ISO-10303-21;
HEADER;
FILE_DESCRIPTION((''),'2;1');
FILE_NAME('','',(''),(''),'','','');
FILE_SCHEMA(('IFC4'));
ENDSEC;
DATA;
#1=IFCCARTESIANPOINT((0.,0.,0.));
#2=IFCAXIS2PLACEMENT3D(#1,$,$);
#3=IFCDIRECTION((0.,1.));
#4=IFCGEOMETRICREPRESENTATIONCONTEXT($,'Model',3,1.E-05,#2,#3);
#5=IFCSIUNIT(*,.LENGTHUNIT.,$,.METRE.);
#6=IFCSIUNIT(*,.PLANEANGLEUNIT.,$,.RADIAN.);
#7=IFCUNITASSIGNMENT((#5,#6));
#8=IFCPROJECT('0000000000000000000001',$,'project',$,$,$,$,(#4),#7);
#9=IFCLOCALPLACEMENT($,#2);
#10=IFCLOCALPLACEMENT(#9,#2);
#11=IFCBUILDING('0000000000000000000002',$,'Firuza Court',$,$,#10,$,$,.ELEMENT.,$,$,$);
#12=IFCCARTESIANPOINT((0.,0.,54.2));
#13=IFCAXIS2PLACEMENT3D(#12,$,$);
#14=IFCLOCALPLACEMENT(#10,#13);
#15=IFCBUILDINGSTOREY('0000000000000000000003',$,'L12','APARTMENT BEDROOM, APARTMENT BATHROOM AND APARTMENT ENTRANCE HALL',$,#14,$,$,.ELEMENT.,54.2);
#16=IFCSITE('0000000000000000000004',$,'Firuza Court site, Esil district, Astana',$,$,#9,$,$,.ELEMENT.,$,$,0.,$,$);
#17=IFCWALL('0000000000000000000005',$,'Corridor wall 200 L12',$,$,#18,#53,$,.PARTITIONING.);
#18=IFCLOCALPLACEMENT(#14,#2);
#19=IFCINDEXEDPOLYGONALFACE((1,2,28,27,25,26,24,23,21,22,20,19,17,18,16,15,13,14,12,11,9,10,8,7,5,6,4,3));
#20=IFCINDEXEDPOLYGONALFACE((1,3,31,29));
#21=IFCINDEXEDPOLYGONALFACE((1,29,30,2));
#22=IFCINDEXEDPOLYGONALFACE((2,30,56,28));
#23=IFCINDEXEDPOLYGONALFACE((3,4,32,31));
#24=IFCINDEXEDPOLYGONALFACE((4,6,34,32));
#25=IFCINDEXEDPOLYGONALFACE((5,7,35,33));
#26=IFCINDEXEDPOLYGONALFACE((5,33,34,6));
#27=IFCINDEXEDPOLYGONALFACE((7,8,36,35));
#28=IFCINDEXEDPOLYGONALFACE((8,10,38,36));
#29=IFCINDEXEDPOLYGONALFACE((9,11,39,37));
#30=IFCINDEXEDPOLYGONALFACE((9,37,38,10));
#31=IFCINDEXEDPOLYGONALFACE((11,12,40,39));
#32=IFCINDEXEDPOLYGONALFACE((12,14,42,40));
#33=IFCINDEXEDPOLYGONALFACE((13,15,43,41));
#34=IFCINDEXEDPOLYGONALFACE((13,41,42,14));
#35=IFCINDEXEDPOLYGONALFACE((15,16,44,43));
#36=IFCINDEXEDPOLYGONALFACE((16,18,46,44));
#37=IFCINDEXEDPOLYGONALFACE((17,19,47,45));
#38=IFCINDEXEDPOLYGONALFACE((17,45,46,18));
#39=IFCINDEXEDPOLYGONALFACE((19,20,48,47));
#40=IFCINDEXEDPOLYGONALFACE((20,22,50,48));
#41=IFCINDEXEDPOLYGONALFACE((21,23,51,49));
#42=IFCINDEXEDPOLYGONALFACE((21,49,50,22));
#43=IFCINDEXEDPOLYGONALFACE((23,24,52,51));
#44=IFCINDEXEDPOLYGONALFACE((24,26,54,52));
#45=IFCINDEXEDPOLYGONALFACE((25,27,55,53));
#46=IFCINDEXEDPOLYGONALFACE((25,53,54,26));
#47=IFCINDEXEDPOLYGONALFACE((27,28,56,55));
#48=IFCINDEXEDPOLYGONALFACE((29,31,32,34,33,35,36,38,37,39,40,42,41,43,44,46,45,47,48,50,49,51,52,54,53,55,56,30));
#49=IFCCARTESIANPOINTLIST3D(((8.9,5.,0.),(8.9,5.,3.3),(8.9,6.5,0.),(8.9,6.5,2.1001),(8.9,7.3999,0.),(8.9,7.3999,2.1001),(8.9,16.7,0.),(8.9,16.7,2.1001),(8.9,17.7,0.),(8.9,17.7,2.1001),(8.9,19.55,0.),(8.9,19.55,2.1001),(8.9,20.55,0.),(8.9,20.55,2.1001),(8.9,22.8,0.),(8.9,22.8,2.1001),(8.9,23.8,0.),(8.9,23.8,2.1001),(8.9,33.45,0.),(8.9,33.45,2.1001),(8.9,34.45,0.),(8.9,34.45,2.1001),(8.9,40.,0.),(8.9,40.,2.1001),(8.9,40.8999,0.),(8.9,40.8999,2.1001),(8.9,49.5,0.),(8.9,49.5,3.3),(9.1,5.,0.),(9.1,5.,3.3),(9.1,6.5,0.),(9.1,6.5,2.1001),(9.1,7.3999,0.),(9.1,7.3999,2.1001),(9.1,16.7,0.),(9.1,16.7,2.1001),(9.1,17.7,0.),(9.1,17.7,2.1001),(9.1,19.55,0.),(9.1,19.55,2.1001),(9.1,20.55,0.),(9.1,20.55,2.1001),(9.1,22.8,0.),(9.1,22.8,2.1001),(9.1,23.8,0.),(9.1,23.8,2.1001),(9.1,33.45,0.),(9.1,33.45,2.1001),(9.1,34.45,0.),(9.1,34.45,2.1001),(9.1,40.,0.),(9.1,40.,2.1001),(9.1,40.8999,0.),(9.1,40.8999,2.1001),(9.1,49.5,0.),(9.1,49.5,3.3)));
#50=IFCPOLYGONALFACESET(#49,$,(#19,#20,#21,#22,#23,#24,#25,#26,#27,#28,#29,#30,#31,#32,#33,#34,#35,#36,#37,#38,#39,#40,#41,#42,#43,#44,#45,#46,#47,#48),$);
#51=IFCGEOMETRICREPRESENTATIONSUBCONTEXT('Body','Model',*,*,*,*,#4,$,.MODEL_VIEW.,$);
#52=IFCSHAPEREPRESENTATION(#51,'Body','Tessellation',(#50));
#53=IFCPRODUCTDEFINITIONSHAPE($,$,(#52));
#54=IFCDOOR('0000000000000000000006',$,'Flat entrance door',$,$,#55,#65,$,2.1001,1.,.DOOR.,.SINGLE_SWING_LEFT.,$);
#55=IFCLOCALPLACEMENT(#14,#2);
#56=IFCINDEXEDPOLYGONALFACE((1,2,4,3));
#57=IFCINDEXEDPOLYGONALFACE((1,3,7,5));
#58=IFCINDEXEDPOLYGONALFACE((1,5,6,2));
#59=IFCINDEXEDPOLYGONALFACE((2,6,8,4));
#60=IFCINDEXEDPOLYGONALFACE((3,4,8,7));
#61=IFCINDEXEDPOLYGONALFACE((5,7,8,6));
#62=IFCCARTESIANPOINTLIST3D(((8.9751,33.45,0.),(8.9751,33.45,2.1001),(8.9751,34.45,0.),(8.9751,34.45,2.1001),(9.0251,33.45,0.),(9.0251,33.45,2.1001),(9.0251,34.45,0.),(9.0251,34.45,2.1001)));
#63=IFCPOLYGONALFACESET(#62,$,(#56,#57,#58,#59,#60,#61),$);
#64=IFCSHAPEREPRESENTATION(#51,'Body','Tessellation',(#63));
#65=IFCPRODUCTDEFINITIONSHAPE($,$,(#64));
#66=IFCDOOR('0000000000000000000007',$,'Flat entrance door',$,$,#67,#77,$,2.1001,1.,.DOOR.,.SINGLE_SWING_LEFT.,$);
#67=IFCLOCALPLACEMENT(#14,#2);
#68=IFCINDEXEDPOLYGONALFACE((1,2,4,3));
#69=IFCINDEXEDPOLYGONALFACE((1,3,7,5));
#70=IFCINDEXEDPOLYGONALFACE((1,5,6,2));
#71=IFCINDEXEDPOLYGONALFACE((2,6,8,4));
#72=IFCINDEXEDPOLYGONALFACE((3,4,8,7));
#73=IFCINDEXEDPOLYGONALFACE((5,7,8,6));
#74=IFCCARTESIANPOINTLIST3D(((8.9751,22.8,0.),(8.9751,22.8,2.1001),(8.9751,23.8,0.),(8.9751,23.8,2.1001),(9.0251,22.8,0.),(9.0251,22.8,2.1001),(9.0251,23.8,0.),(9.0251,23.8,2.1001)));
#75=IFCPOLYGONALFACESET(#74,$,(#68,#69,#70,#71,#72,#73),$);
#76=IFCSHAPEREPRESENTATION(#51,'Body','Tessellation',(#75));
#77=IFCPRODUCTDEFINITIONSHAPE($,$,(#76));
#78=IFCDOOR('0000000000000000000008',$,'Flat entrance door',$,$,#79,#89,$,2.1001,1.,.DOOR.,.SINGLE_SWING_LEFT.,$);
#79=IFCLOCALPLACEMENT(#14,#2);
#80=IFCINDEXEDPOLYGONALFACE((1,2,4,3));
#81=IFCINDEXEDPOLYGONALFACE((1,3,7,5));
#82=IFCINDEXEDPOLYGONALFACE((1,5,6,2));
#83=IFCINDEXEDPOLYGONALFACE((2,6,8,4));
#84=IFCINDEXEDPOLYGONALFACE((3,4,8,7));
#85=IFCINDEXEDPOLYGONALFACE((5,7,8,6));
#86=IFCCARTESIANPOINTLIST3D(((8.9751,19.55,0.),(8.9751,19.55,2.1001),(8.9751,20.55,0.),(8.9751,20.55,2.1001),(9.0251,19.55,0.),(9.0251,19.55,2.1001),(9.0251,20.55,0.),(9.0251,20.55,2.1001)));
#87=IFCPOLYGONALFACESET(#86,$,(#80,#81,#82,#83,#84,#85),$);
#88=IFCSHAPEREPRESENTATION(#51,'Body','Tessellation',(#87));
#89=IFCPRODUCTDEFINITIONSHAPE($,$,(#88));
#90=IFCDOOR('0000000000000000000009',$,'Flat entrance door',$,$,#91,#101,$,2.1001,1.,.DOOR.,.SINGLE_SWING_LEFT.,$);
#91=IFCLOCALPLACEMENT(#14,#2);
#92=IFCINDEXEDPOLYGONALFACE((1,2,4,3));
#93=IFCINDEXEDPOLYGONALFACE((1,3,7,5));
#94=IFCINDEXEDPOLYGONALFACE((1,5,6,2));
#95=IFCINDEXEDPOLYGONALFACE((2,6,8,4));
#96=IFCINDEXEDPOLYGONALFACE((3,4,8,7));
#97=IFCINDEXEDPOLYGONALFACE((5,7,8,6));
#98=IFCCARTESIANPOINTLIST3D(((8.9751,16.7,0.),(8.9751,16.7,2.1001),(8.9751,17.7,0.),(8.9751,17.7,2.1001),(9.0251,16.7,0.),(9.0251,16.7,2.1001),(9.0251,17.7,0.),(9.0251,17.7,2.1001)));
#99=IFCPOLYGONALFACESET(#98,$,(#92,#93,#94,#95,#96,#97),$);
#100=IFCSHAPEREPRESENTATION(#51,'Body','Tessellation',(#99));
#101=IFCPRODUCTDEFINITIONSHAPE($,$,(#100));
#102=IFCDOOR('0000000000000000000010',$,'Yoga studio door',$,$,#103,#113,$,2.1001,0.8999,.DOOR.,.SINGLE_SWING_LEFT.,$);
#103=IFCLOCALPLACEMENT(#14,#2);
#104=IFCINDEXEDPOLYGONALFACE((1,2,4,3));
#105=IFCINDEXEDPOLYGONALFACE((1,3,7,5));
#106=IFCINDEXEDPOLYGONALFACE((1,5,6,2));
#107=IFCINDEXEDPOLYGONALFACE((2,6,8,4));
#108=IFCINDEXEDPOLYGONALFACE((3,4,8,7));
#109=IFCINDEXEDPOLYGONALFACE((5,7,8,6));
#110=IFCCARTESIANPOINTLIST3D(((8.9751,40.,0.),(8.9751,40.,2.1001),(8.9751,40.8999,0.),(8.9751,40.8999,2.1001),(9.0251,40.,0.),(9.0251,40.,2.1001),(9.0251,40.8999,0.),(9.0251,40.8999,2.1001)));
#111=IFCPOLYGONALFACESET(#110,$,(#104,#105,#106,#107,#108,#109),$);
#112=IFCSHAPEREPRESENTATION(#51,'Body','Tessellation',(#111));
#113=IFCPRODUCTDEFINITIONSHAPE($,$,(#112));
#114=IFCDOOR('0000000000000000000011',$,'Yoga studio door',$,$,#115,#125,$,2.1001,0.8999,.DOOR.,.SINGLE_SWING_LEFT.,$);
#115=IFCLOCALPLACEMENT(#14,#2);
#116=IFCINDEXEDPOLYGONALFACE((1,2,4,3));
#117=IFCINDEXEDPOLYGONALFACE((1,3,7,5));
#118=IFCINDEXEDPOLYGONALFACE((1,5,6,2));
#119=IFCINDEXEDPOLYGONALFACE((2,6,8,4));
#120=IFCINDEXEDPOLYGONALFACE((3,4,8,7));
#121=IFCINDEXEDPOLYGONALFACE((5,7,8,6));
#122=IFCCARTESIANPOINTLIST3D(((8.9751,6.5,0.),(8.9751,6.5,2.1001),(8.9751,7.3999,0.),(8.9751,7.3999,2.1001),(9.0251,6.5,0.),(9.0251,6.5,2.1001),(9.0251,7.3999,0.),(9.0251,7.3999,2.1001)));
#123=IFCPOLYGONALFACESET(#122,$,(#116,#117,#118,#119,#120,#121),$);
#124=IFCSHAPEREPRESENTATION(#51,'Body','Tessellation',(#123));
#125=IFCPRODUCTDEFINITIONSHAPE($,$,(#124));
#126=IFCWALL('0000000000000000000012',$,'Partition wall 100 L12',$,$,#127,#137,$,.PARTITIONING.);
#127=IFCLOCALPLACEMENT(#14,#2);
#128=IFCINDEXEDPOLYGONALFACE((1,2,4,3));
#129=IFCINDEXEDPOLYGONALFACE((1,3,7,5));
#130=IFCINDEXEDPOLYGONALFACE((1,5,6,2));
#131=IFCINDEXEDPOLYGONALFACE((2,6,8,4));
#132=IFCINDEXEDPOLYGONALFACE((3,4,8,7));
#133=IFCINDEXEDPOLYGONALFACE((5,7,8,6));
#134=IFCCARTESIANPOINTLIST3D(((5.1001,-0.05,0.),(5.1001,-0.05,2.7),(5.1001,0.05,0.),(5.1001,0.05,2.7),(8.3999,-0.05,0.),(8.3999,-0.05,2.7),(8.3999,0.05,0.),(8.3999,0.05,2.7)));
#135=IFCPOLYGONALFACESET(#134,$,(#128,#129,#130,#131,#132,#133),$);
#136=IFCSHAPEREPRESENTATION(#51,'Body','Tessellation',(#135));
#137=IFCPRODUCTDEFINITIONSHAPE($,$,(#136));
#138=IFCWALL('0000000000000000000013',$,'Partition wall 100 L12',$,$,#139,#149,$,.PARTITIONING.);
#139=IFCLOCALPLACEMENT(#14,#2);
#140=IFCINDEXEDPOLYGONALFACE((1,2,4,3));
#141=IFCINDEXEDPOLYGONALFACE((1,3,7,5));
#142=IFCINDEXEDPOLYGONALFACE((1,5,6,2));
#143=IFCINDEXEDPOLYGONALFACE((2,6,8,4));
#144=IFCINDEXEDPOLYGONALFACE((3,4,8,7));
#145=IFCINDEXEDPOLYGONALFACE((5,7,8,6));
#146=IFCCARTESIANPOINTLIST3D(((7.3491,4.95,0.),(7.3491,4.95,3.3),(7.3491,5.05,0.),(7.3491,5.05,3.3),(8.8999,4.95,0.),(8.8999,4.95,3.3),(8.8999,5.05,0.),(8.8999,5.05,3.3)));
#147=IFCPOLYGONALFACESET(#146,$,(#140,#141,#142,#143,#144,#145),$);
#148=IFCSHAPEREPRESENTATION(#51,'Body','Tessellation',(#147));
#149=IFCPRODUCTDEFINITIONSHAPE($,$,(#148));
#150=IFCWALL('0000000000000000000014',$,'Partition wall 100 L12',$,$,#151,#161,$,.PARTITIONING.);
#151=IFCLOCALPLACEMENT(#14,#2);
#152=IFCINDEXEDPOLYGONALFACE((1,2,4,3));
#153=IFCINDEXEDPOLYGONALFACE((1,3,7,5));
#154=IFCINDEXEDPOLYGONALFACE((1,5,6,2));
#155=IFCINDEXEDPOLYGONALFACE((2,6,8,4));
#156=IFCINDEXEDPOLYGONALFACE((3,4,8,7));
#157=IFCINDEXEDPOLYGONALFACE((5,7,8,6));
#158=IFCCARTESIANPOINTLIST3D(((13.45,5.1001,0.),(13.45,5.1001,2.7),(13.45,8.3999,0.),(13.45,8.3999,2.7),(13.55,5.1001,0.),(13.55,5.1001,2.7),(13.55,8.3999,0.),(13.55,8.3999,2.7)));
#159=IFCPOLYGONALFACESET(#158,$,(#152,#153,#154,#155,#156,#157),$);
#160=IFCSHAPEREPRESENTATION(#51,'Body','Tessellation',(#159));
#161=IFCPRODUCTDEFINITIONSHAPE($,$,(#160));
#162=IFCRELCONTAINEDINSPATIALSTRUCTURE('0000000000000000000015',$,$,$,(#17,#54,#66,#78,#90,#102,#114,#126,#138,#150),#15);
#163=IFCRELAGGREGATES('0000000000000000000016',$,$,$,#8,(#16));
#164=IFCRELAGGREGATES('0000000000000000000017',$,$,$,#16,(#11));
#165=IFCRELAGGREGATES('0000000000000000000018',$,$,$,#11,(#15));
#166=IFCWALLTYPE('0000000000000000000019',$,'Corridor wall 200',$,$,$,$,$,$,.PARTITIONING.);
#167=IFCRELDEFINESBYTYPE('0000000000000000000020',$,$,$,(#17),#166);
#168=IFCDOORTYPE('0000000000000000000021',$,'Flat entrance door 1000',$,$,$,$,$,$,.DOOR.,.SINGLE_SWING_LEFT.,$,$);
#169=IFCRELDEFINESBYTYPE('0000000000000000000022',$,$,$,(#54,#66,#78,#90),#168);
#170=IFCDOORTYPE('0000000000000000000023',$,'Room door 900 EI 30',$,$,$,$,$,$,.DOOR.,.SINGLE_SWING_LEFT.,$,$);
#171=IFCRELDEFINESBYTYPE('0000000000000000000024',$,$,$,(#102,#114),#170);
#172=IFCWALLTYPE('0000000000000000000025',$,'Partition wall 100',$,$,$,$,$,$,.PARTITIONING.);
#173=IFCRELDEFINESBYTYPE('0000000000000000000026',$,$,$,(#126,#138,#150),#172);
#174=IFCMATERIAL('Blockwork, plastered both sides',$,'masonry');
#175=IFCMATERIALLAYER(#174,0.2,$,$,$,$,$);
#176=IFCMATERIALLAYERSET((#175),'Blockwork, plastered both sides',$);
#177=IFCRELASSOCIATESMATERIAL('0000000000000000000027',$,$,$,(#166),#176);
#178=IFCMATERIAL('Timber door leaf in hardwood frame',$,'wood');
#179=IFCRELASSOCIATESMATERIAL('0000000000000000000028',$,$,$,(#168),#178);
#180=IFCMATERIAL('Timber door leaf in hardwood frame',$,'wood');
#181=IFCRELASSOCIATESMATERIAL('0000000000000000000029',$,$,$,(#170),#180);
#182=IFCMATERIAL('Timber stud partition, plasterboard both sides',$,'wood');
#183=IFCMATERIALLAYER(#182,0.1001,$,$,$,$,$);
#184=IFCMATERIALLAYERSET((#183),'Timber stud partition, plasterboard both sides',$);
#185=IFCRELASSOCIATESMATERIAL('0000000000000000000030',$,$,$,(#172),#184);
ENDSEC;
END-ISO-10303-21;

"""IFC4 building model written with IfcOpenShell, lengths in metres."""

from ifc_helpers import new_model, si_unit, direction, frame, frame_2d, origin, place, context, subcontext, project, spatial, rectangle, extrude, material, layer, layer_set, type_object, element, fill, save


model = new_model("IFC4")

# Units and contexts
model_context = context("Model", 3, precision=1e-05, world=origin(), true_north=direction((0.0, 1.0)))
body_context = subcontext(model_context, "Body", "Model", "MODEL_VIEW")
ifc_project = project(units=[si_unit("LENGTHUNIT", "METRE"), si_unit("PLANEANGLEUNIT", "RADIAN")], contexts=[model_context])

# Site, building, storey
site_placement = place(None, origin())
site = spatial("IfcSite", under=ifc_project, at=site_placement, Name="Firuza Court site, Esil district, Astana", CompositionType="ELEMENT", RefElevation=0.0)
building_placement = place(site_placement, origin())
building = spatial("IfcBuilding", under=site, at=building_placement, Name="Firuza Court", CompositionType="ELEMENT")
storey_placement = place(building_placement, frame((0.0, 0.0, 54.2)))
storey = spatial("IfcBuildingStorey", under=building, at=storey_placement, Name="L12", Description="APARTMENT BEDROOM, APARTMENT BATHROOM AND APARTMENT ENTRANCE HALL", CompositionType="ELEMENT", Elevation=54.2)

# Wall, openings, doors
ifc_material_1 = material(Name="Blockwork, plastered both sides", Category="masonry")
ifc_layer_1 = layer(ifc_material_1, 0.2)
ifc_layer_set_1 = layer_set([ifc_layer_1], Name="Blockwork, plastered both sides")
wall_type_1 = type_object("IfcWallType", Name="Corridor wall 200", PredefinedType="PARTITIONING", material=ifc_layer_set_1)
wall_1_placement = place(storey_placement, frame((9.0, 5.0, 0.0), z_axis=(0.0, 0.0, 1.0), x_axis=(0.0, 1.0, 0.0)))
wall_1 = element("IfcWall", 1, at=wall_1_placement, inside=storey, type_object=wall_type_1, Name="Corridor wall 200 L12", PredefinedType="PARTITIONING", context=body_context, shape_type="SweptSolid", body=[
    extrude(rectangle(XDim=44.5, YDim=0.2, at=frame_2d((22.25, 0.0))), origin(), (0.0, 0.0, 1.0), 3.3),
])
opening_1_placement = place(wall_1_placement, frame((28.45, 0.0, 0.0)))
opening_1 = element("IfcOpeningElement", 2, at=opening_1_placement, cuts=wall_1, PredefinedType="OPENING", context=body_context, shape_type="SweptSolid", body=[
    extrude(rectangle(XDim=1.0, YDim=2.1001, at=frame_2d((0.5, 1.05))), frame((0.0, 0.1118, 0.0), z_axis=(0.0, -1.0, 0.0), x_axis=(1.0, 0.0, 0.0)), (0.0, 0.0, 1.0), 0.2239),
])
opening_2_placement = place(wall_1_placement, frame((17.8, 0.0, 0.0)))
opening_2 = element("IfcOpeningElement", 3, at=opening_2_placement, cuts=wall_1, PredefinedType="OPENING", context=body_context, shape_type="SweptSolid", body=[
    extrude(rectangle(XDim=1.0, YDim=2.1001, at=frame_2d((0.5, 1.05))), frame((0.0, 0.1118, 0.0), z_axis=(0.0, -1.0, 0.0), x_axis=(1.0, 0.0, 0.0)), (0.0, 0.0, 1.0), 0.2239),
])
opening_3_placement = place(wall_1_placement, frame((14.55, 0.0, 0.0)))
opening_3 = element("IfcOpeningElement", 4, at=opening_3_placement, cuts=wall_1, PredefinedType="OPENING", context=body_context, shape_type="SweptSolid", body=[
    extrude(rectangle(XDim=1.0, YDim=2.1001, at=frame_2d((0.5, 1.05))), frame((0.0, 0.1118, 0.0), z_axis=(0.0, -1.0, 0.0), x_axis=(1.0, 0.0, 0.0)), (0.0, 0.0, 1.0), 0.2239),
])
opening_4_placement = place(wall_1_placement, frame((11.7, 0.0, 0.0)))
opening_4 = element("IfcOpeningElement", 5, at=opening_4_placement, cuts=wall_1, PredefinedType="OPENING", context=body_context, shape_type="SweptSolid", body=[
    extrude(rectangle(XDim=1.0, YDim=2.1001, at=frame_2d((0.5, 1.05))), frame((0.0, 0.1118, 0.0), z_axis=(0.0, -1.0, 0.0), x_axis=(1.0, 0.0, 0.0)), (0.0, 0.0, 1.0), 0.2239),
])
opening_5_placement = place(wall_1_placement, frame((35.0, 0.0, 0.0)))
opening_5 = element("IfcOpeningElement", 6, at=opening_5_placement, cuts=wall_1, PredefinedType="OPENING", context=body_context, shape_type="SweptSolid", body=[
    extrude(rectangle(XDim=0.8999, YDim=2.1001, at=frame_2d((0.45, 1.05))), frame((0.0, 0.1118, 0.0), z_axis=(0.0, -1.0, 0.0), x_axis=(1.0, 0.0, 0.0)), (0.0, 0.0, 1.0), 0.2239),
])
opening_6_placement = place(wall_1_placement, frame((1.5, 0.0, 0.0)))
opening_6 = element("IfcOpeningElement", 7, at=opening_6_placement, cuts=wall_1, PredefinedType="OPENING", context=body_context, shape_type="SweptSolid", body=[
    extrude(rectangle(XDim=0.8999, YDim=2.1001, at=frame_2d((0.45, 1.05))), frame((0.0, 0.1118, 0.0), z_axis=(0.0, -1.0, 0.0), x_axis=(1.0, 0.0, 0.0)), (0.0, 0.0, 1.0), 0.2239),
])
ifc_material_2 = material(Name="Timber door leaf in hardwood frame", Category="wood")
door_type_1 = type_object("IfcDoorType", Name="Flat entrance door 1000", OperationType="SINGLE_SWING_LEFT", PredefinedType="DOOR", material=ifc_material_2)
door_1_placement = place(opening_1_placement, origin())
door_1 = element("IfcDoor", 8, at=door_1_placement, inside=storey, type_object=door_type_1, Name="Flat entrance door", OperationType="SINGLE_SWING_LEFT", OverallHeight=2.1001, OverallWidth=1.0, PredefinedType="DOOR", context=body_context, shape_type="SweptSolid", body=[
    extrude(rectangle(XDim=1.0, YDim=2.1001, at=frame_2d((0.5, 1.05))), frame((0.0, 0.0249, 0.0), z_axis=(0.0, -1.0, 0.0), x_axis=(1.0, 0.0, 0.0)), (0.0, 0.0, 1.0), 0.05),
])
fill(opening_1, door_1)
door_2_placement = place(opening_2_placement, origin())
door_2 = element("IfcDoor", 9, at=door_2_placement, inside=storey, type_object=door_type_1, Name="Flat entrance door", OperationType="SINGLE_SWING_LEFT", OverallHeight=2.1001, OverallWidth=1.0, PredefinedType="DOOR", context=body_context, shape_type="SweptSolid", body=[
    extrude(rectangle(XDim=1.0, YDim=2.1001, at=frame_2d((0.5, 1.05))), frame((0.0, 0.0249, 0.0), z_axis=(0.0, -1.0, 0.0), x_axis=(1.0, 0.0, 0.0)), (0.0, 0.0, 1.0), 0.05),
])
fill(opening_2, door_2)
door_3_placement = place(opening_3_placement, origin())
door_3 = element("IfcDoor", 10, at=door_3_placement, inside=storey, type_object=door_type_1, Name="Flat entrance door", OperationType="SINGLE_SWING_LEFT", OverallHeight=2.1001, OverallWidth=1.0, PredefinedType="DOOR", context=body_context, shape_type="SweptSolid", body=[
    extrude(rectangle(XDim=1.0, YDim=2.1001, at=frame_2d((0.5, 1.05))), frame((0.0, 0.0249, 0.0), z_axis=(0.0, -1.0, 0.0), x_axis=(1.0, 0.0, 0.0)), (0.0, 0.0, 1.0), 0.05),
])
fill(opening_3, door_3)
door_4_placement = place(opening_4_placement, origin())
door_4 = element("IfcDoor", 11, at=door_4_placement, inside=storey, type_object=door_type_1, Name="Flat entrance door", OperationType="SINGLE_SWING_LEFT", OverallHeight=2.1001, OverallWidth=1.0, PredefinedType="DOOR", context=body_context, shape_type="SweptSolid", body=[
    extrude(rectangle(XDim=1.0, YDim=2.1001, at=frame_2d((0.5, 1.05))), frame((0.0, 0.0249, 0.0), z_axis=(0.0, -1.0, 0.0), x_axis=(1.0, 0.0, 0.0)), (0.0, 0.0, 1.0), 0.05),
])
fill(opening_4, door_4)
ifc_material_3 = material(Name="Timber door leaf in hardwood frame", Category="wood")
door_type_2 = type_object("IfcDoorType", Name="Room door 900 EI 30", OperationType="SINGLE_SWING_LEFT", PredefinedType="DOOR", material=ifc_material_3)
door_5_placement = place(opening_5_placement, origin())
door_5 = element("IfcDoor", 12, at=door_5_placement, inside=storey, type_object=door_type_2, Name="Yoga studio door", OperationType="SINGLE_SWING_LEFT", OverallHeight=2.1001, OverallWidth=0.8999, PredefinedType="DOOR", context=body_context, shape_type="SweptSolid", body=[
    extrude(rectangle(XDim=0.8999, YDim=2.1001, at=frame_2d((0.45, 1.05))), frame((0.0, 0.0249, 0.0), z_axis=(0.0, -1.0, 0.0), x_axis=(1.0, 0.0, 0.0)), (0.0, 0.0, 1.0), 0.05),
])
fill(opening_5, door_5)
door_6_placement = place(opening_6_placement, origin())
door_6 = element("IfcDoor", 13, at=door_6_placement, inside=storey, type_object=door_type_2, Name="Yoga studio door", OperationType="SINGLE_SWING_LEFT", OverallHeight=2.1001, OverallWidth=0.8999, PredefinedType="DOOR", context=body_context, shape_type="SweptSolid", body=[
    extrude(rectangle(XDim=0.8999, YDim=2.1001, at=frame_2d((0.45, 1.05))), frame((0.0, 0.0249, 0.0), z_axis=(0.0, -1.0, 0.0), x_axis=(1.0, 0.0, 0.0)), (0.0, 0.0, 1.0), 0.05),
])
fill(opening_6, door_6)

# Walls
ifc_material_4 = material(Name="Timber stud partition, plasterboard both sides", Category="wood")
ifc_layer_2 = layer(ifc_material_4, 0.1001)
ifc_layer_set_2 = layer_set([ifc_layer_2], Name="Timber stud partition, plasterboard both sides")
wall_type_2 = type_object("IfcWallType", Name="Partition wall 100", PredefinedType="PARTITIONING", material=ifc_layer_set_2)
wall_2_placement = place(storey_placement, frame((5.1001, 0.0, 0.0), z_axis=(0.0, 0.0, 1.0), x_axis=(1.0, 0.0, 0.0)))
element("IfcWall", 14, at=wall_2_placement, inside=storey, type_object=wall_type_2, Name="Partition wall 100 L12", PredefinedType="PARTITIONING", context=body_context, shape_type="SweptSolid", body=[
    extrude(rectangle(XDim=3.2998, YDim=0.1001, at=frame_2d((1.6499, 0.0))), origin(), (0.0, 0.0, 1.0), 2.7),
])
wall_3_placement = place(storey_placement, frame((7.3491, 5.0, 0.0), z_axis=(0.0, 0.0, 1.0), x_axis=(1.0, 0.0, 0.0)))
element("IfcWall", 15, at=wall_3_placement, inside=storey, type_object=wall_type_2, Name="Partition wall 100 L12", PredefinedType="PARTITIONING", context=body_context, shape_type="SweptSolid", body=[
    extrude(rectangle(XDim=1.5508, YDim=0.1001, at=frame_2d((0.7754, 0.0))), origin(), (0.0, 0.0, 1.0), 3.3),
])
wall_4_placement = place(storey_placement, frame((13.5, 5.1001, 0.0), z_axis=(0.0, 0.0, 1.0), x_axis=(0.0, 1.0, 0.0)))
element("IfcWall", 16, at=wall_4_placement, inside=storey, type_object=wall_type_2, Name="Partition wall 100 L12", PredefinedType="PARTITIONING", context=body_context, shape_type="SweptSolid", body=[
    extrude(rectangle(XDim=3.2998, YDim=0.1001, at=frame_2d((1.6499, 0.0))), origin(), (0.0, 0.0, 1.0), 2.7),
])

save(model, "model.ifc")
